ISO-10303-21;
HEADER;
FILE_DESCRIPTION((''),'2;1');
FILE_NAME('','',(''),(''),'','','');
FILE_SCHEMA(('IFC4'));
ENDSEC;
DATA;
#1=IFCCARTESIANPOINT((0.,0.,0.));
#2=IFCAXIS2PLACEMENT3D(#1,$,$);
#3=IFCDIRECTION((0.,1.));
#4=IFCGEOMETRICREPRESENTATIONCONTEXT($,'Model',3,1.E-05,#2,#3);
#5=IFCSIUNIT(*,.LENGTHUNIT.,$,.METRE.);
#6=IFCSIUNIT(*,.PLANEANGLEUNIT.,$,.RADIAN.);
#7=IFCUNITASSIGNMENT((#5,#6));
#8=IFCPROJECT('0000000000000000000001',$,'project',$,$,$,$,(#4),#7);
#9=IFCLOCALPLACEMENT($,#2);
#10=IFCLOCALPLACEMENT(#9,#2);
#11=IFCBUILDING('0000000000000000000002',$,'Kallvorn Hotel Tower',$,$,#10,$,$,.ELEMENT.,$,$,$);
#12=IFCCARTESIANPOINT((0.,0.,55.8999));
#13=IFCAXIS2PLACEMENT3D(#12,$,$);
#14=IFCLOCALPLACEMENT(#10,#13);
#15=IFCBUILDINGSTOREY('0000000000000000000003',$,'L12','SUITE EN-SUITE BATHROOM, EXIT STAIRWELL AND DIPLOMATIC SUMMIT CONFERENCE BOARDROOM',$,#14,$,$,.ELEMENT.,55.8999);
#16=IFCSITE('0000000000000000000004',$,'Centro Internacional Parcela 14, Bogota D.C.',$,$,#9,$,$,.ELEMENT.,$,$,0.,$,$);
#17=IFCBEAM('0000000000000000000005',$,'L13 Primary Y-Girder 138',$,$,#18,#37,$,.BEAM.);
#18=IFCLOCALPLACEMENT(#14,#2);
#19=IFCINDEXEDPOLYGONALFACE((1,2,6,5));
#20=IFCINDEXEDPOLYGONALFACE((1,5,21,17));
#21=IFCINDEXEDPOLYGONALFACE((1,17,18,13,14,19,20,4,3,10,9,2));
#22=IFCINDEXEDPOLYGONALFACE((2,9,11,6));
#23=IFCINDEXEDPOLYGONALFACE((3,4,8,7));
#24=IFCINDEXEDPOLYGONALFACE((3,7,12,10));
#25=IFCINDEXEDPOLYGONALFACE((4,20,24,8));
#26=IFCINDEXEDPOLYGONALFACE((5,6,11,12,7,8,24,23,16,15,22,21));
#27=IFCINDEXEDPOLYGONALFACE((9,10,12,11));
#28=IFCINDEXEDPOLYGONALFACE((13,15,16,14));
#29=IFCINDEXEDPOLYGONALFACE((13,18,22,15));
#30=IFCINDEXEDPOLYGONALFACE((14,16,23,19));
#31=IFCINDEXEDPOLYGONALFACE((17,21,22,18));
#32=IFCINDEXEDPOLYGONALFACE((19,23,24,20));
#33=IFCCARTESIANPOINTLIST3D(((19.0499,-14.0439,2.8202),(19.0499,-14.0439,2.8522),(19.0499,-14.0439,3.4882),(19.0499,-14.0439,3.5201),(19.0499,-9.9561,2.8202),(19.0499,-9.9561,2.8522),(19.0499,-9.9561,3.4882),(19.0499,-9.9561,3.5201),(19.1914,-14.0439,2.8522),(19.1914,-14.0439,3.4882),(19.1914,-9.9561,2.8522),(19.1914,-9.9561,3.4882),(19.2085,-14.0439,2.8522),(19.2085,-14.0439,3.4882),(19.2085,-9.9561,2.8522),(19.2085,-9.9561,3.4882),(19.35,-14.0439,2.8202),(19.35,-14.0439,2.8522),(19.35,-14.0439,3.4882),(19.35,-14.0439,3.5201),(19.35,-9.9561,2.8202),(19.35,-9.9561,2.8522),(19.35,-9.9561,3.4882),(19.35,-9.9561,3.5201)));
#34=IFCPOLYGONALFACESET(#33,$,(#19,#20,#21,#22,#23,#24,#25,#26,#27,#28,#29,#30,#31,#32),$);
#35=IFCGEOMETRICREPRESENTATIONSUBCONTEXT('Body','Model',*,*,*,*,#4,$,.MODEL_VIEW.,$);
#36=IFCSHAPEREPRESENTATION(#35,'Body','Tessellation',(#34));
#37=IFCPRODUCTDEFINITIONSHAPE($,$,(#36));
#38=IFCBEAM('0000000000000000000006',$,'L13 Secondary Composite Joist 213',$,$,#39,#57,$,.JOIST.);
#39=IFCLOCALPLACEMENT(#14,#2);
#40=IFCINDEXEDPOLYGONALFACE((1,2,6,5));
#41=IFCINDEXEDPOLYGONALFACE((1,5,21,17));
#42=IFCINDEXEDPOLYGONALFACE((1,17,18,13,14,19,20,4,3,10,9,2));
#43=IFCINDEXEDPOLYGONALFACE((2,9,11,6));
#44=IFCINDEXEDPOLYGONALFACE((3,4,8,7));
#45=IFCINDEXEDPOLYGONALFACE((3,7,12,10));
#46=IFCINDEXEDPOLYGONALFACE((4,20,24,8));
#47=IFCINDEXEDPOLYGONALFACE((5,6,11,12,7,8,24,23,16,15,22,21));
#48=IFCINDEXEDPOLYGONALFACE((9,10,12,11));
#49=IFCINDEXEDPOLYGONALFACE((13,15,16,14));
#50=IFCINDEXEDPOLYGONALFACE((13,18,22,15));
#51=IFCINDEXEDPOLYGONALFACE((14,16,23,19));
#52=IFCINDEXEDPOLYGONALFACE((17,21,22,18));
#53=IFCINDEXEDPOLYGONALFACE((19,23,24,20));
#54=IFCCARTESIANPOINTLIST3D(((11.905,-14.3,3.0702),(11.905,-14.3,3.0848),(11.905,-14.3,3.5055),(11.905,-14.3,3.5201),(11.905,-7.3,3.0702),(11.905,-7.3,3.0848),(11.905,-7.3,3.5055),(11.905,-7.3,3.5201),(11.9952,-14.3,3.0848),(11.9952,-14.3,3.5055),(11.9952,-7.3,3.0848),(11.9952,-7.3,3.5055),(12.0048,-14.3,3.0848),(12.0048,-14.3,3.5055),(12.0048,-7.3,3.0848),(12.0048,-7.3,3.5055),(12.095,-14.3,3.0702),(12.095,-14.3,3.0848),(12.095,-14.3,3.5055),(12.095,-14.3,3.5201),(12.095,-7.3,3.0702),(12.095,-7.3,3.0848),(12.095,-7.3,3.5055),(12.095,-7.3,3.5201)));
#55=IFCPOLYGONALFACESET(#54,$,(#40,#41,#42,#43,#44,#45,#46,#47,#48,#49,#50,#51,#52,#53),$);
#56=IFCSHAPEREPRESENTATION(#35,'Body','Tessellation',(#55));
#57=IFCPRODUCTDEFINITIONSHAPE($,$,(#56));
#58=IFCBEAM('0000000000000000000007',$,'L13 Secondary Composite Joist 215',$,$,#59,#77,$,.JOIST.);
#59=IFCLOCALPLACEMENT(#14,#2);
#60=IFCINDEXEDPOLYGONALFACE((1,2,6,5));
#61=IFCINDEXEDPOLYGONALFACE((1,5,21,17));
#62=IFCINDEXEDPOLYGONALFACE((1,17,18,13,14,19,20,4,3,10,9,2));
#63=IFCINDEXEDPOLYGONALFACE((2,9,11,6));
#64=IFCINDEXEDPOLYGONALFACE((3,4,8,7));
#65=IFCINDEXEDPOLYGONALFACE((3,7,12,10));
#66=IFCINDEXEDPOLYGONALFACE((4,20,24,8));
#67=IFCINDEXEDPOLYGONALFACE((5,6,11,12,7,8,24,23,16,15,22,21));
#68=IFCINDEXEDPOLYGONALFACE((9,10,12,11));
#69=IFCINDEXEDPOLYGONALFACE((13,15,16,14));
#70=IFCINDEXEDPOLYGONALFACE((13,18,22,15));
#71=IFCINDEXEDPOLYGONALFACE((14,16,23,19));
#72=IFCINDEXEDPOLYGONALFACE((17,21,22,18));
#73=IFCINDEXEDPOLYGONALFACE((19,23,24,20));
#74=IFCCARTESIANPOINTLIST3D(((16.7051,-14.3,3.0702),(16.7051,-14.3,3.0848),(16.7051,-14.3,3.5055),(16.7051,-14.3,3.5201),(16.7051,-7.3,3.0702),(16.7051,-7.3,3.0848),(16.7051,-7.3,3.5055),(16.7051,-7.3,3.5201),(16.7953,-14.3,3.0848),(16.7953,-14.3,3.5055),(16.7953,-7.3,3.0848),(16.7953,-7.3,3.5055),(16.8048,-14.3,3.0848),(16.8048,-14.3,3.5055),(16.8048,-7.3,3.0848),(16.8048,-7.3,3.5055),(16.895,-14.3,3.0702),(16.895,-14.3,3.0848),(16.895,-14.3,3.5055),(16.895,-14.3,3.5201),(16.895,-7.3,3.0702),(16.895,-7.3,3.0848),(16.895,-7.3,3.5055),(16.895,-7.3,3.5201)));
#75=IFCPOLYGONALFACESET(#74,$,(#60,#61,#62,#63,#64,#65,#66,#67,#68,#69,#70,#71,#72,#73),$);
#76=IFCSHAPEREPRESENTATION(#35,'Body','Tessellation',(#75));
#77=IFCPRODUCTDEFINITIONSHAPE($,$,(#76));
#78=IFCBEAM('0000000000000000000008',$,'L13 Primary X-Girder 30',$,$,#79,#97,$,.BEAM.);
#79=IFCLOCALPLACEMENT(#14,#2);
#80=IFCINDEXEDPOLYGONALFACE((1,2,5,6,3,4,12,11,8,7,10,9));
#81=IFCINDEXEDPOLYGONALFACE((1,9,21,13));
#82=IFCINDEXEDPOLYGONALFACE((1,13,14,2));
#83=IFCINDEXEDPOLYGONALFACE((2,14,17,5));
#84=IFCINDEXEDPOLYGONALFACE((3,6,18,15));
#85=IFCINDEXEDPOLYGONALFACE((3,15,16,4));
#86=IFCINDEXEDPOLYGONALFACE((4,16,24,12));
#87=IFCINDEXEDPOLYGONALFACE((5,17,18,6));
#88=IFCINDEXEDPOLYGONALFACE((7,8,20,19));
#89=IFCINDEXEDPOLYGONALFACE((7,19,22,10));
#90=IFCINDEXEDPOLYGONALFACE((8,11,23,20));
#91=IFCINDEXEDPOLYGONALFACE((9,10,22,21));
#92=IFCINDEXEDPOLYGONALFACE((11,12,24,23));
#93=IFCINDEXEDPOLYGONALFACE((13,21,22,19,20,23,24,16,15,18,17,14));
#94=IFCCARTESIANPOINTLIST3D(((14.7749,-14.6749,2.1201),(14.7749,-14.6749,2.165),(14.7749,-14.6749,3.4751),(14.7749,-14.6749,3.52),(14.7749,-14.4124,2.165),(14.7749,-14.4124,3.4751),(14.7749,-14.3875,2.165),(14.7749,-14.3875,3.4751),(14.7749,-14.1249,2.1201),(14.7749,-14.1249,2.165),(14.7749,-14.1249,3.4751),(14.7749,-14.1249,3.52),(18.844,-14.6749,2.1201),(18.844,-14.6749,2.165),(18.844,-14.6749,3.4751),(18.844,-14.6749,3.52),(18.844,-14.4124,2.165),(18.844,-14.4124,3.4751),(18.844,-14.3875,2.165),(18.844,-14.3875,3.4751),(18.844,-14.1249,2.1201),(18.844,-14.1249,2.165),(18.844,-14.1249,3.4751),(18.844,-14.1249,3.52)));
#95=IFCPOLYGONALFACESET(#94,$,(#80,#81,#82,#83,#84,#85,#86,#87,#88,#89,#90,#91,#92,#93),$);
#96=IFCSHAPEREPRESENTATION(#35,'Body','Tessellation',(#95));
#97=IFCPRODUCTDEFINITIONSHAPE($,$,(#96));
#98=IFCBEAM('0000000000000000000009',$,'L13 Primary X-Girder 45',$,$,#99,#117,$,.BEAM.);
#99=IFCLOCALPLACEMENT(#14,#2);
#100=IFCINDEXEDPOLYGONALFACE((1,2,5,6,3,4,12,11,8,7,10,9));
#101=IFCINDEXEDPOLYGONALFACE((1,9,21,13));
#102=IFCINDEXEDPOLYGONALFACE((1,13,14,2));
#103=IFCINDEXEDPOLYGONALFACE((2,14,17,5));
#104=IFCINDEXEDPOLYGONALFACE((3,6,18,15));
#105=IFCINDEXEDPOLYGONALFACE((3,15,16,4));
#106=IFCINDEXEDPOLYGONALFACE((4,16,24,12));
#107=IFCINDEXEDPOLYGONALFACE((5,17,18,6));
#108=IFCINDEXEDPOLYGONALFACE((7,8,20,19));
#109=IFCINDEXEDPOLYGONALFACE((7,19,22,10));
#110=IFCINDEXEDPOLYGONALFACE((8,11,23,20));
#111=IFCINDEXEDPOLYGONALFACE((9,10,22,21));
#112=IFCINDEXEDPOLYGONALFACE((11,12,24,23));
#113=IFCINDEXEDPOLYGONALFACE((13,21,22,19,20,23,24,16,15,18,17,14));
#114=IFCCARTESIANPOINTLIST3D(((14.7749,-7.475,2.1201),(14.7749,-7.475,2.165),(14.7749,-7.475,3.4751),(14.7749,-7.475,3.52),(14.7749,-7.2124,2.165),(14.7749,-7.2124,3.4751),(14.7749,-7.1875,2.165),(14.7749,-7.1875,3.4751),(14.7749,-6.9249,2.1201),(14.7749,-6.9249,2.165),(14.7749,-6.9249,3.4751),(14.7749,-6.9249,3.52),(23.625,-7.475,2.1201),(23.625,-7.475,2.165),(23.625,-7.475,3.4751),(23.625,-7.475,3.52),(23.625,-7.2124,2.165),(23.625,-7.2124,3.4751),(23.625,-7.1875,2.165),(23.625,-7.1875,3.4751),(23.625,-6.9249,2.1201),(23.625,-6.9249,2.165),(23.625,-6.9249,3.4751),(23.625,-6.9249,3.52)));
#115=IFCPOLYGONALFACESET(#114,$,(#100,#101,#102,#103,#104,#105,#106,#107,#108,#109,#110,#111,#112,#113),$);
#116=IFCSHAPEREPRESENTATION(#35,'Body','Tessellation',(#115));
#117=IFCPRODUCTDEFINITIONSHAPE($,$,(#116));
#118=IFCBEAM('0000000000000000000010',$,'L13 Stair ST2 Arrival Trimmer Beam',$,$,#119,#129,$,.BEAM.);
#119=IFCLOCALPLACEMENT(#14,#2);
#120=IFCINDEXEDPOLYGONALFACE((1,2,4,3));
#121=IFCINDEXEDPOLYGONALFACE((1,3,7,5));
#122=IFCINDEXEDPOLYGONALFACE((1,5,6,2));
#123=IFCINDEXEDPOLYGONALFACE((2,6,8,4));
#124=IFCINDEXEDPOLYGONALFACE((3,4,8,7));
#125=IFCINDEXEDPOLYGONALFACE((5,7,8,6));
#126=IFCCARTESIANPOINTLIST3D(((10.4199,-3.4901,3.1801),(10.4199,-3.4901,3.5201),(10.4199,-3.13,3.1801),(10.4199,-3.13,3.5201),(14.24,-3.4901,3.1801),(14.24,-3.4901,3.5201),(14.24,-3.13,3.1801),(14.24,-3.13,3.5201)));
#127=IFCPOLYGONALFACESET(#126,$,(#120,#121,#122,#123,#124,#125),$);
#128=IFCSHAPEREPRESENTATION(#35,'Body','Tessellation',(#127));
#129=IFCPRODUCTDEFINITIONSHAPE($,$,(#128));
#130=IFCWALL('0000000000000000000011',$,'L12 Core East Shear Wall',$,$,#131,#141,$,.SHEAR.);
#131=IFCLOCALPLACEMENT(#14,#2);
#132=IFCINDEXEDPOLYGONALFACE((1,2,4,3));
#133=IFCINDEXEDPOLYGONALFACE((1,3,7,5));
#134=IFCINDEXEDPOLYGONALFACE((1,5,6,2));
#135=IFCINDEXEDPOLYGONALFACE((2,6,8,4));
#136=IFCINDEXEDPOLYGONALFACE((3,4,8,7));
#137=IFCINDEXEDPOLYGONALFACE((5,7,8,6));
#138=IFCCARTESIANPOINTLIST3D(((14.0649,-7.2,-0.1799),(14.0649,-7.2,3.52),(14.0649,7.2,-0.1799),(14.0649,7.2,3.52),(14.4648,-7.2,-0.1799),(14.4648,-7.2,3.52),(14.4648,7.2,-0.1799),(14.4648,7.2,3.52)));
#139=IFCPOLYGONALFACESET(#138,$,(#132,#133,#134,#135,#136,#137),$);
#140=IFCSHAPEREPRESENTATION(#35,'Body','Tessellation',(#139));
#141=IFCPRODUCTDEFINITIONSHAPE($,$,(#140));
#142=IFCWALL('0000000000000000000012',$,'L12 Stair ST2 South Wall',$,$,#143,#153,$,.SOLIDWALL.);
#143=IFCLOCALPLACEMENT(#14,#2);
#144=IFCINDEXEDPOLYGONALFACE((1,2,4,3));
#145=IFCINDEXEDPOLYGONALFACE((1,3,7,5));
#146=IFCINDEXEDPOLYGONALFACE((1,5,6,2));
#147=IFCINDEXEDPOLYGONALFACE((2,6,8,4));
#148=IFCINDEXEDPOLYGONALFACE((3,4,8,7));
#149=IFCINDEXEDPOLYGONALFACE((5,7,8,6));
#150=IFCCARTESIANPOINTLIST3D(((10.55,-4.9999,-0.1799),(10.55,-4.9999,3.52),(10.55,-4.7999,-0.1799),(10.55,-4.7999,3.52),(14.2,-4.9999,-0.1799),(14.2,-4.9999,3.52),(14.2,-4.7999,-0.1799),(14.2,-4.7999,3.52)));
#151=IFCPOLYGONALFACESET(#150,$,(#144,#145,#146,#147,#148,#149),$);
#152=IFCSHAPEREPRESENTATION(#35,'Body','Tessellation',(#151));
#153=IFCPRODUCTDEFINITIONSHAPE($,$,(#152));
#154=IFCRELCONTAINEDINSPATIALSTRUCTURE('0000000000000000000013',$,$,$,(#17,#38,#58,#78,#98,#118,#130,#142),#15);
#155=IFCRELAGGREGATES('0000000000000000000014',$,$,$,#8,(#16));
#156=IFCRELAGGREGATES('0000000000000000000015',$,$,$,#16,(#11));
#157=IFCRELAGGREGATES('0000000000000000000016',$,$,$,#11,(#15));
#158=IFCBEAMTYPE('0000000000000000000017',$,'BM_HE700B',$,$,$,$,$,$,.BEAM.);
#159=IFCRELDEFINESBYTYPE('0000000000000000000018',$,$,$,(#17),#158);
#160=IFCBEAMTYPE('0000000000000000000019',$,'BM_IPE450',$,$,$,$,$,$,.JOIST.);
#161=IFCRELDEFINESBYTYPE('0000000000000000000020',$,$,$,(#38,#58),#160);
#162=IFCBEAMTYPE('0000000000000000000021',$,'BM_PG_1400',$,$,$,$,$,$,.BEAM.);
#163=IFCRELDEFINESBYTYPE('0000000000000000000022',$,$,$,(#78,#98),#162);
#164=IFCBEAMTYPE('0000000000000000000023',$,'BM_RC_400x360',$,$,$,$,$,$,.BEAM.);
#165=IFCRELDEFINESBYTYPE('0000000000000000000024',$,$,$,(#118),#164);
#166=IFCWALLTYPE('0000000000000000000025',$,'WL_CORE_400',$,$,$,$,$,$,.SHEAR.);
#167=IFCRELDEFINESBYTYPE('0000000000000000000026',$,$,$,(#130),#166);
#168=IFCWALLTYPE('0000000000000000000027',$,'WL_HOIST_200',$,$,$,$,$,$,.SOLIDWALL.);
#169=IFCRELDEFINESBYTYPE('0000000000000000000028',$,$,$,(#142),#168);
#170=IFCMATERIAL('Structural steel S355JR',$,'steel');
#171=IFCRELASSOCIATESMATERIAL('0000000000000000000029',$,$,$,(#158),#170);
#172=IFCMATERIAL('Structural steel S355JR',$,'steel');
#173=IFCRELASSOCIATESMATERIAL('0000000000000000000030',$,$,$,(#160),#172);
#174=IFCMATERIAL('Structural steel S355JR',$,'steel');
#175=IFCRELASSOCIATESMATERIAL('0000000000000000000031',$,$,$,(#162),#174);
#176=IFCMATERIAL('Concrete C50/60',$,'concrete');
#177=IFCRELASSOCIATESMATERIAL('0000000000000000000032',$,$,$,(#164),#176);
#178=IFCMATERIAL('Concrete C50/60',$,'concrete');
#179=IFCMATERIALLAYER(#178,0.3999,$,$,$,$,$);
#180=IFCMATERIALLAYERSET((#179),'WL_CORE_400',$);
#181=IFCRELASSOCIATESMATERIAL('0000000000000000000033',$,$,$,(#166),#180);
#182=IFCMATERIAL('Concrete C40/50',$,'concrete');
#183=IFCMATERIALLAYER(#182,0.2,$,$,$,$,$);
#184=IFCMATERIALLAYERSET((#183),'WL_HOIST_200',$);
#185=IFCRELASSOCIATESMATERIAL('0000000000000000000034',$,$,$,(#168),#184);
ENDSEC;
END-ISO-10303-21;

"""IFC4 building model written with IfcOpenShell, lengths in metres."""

from ifc_helpers import new_model, si_unit, direction, frame, frame_2d, origin, origin_2d, place, context, subcontext, project, spatial, rectangle, i_section, extrude, material, layer, layer_set, material_profile, profile_set, type_object, element, save


model = new_model("IFC4")

# Units and contexts
model_context = context("Model", 3, precision=1e-05, world=origin(), true_north=direction((0.0, 1.0)))
body_context = subcontext(model_context, "Body", "Model", "MODEL_VIEW")
ifc_project = project(units=[si_unit("LENGTHUNIT", "METRE"), si_unit("PLANEANGLEUNIT", "RADIAN")], contexts=[model_context])

# Site, building, storey
site_placement = place(None, origin())
site = spatial("IfcSite", under=ifc_project, at=site_placement, Name="Centro Internacional Parcela 14, Bogota D.C.", CompositionType="ELEMENT", RefElevation=0.0)
building_placement = place(site_placement, origin())
building = spatial("IfcBuilding", under=site, at=building_placement, Name="Kallvorn Hotel Tower", CompositionType="ELEMENT")
storey_placement = place(building_placement, frame((0.0, 0.0, 55.8999)))
storey = spatial("IfcBuildingStorey", under=building, at=storey_placement, Name="L12", Description="SUITE EN-SUITE BATHROOM, EXIT STAIRWELL AND DIPLOMATIC SUMMIT CONFERENCE BOARDROOM", CompositionType="ELEMENT", Elevation=55.8999)

# Beams
ifc_material_1 = material(Name="Structural steel S355JR", Category="steel")
ifc_material_profile_1 = material_profile(ifc_material_1, i_section(OverallWidth=0.3, OverallDepth=0.7, WebThickness=0.0171, FlangeThickness=0.032, at=origin_2d()), Name="HE 700 B")
ifc_profile_set_1 = profile_set([ifc_material_profile_1], Name="Structural steel S355JR")
beam_type_1 = type_object("IfcBeamType", Name="BM_HE700B", PredefinedType="BEAM", material=ifc_profile_set_1)
beam_1_placement = place(storey_placement, frame((19.2, -14.0439, 3.1702), z_axis=(0.0, 1.0, 0.0), x_axis=(-1.0, 0.0, 0.0)))
element("IfcBeam", 1, at=beam_1_placement, inside=storey, type_object=beam_type_1, Name="L13 Primary Y-Girder 138", PredefinedType="BEAM", context=body_context, shape_type="SweptSolid", body=[
    extrude(i_section(OverallWidth=0.3, OverallDepth=0.7, WebThickness=0.0171, FlangeThickness=0.032, at=origin_2d()), origin(), (0.0, 0.0, 1.0), 4.0879),
])
ifc_material_2 = material(Name="Structural steel S355JR", Category="steel")
ifc_material_profile_2 = material_profile(ifc_material_2, i_section(OverallWidth=0.1899, OverallDepth=0.45, WebThickness=0.0095, FlangeThickness=0.0146, at=origin_2d()), Name="IPE 450")
ifc_profile_set_2 = profile_set([ifc_material_profile_2], Name="Structural steel S355JR")
beam_type_2 = type_object("IfcBeamType", Name="BM_IPE450", PredefinedType="JOIST", material=ifc_profile_set_2)
for number, where, z_axis, x_axis, name in (
    (2, (12.0, -14.3, 3.2952), (0.0, 1.0, 0.0), (-1.0, 0.0, 0.0), "L13 Secondary Composite Joist 213"),
    (3, (16.8, -14.3, 3.2952), (0.0, 1.0, 0.0), (-1.0, 0.0, 0.0), "L13 Secondary Composite Joist 215"),
):
    element("IfcBeam", number, at=place(storey_placement, frame(where, z_axis=z_axis, x_axis=x_axis)), inside=storey, type_object=beam_type_2, Name=name, PredefinedType="JOIST", context=body_context, shape_type="SweptSolid", body=[
        extrude(i_section(OverallWidth=0.1899, OverallDepth=0.45, WebThickness=0.0095, FlangeThickness=0.0146, at=origin_2d()), origin(), (0.0, 0.0, 1.0), 7.0),
    ])
ifc_material_3 = material(Name="Structural steel S355JR", Category="steel")
ifc_material_profile_3 = material_profile(ifc_material_3, i_section(OverallWidth=0.55, OverallDepth=1.3999, WebThickness=0.0249, FlangeThickness=0.0449, at=origin_2d()), Name="PG 1400x550x25x45")
ifc_profile_set_3 = profile_set([ifc_material_profile_3], Name="Structural steel S355JR")
beam_type_3 = type_object("IfcBeamType", Name="BM_PG_1400", PredefinedType="BEAM", material=ifc_profile_set_3)
beam_2_placement = place(storey_placement, frame((14.7749, -14.3999, 2.8201), z_axis=(1.0, 0.0, 0.0), x_axis=(0.0, 1.0, 0.0)))
element("IfcBeam", 4, at=beam_2_placement, inside=storey, type_object=beam_type_3, Name="L13 Primary X-Girder 30", PredefinedType="BEAM", context=body_context, shape_type="SweptSolid", body=[
    extrude(i_section(OverallWidth=0.55, OverallDepth=1.3999, WebThickness=0.0249, FlangeThickness=0.0449, at=origin_2d()), origin(), (0.0, 0.0, 1.0), 4.0691),
])
beam_3_placement = place(storey_placement, frame((14.7749, -7.2, 2.8201), z_axis=(1.0, 0.0, 0.0), x_axis=(0.0, 1.0, 0.0)))
element("IfcBeam", 5, at=beam_3_placement, inside=storey, type_object=beam_type_3, Name="L13 Primary X-Girder 45", PredefinedType="BEAM", context=body_context, shape_type="SweptSolid", body=[
    extrude(i_section(OverallWidth=0.55, OverallDepth=1.3999, WebThickness=0.0249, FlangeThickness=0.0449, at=origin_2d()), origin(), (0.0, 0.0, 1.0), 8.8501),
])
ifc_material_4 = material(Name="Concrete C50/60", Category="concrete")
ifc_material_profile_4 = material_profile(ifc_material_4, rectangle(XDim=0.3601, YDim=0.3401, at=origin_2d()), Name="RC 360x340")
ifc_profile_set_4 = profile_set([ifc_material_profile_4], Name="Concrete C50/60")
beam_type_4 = type_object("IfcBeamType", Name="BM_RC_400x360", PredefinedType="BEAM", material=ifc_profile_set_4)
beam_4_placement = place(storey_placement, frame((14.24, -3.3101, 3.3501), z_axis=(-1.0, 0.0, 0.0), x_axis=(0.0, -1.0, 0.0)))
element("IfcBeam", 6, at=beam_4_placement, inside=storey, type_object=beam_type_4, Name="L13 Stair ST2 Arrival Trimmer Beam", PredefinedType="BEAM", context=body_context, shape_type="SweptSolid", body=[
    extrude(rectangle(XDim=0.3601, YDim=0.3401, at=origin_2d()), origin(), (0.0, 0.0, 1.0), 3.8201),
])

# Walls
ifc_material_5 = material(Name="Concrete C50/60", Category="concrete")
ifc_layer_1 = layer(ifc_material_5, 0.3999)
ifc_layer_set_1 = layer_set([ifc_layer_1], Name="WL_CORE_400")
wall_type_1 = type_object("IfcWallType", Name="WL_CORE_400", PredefinedType="SHEAR", material=ifc_layer_set_1)
wall_1_placement = place(storey_placement, frame((14.2649, -7.2, -0.1799), z_axis=(0.0, 0.0, 1.0), x_axis=(0.0, 1.0, 0.0)))
element("IfcWall", 7, at=wall_1_placement, inside=storey, type_object=wall_type_1, Name="L12 Core East Shear Wall", PredefinedType="SHEAR", context=body_context, shape_type="SweptSolid", body=[
    extrude(rectangle(XDim=14.3999, YDim=0.3999, at=frame_2d((7.2, 0.0))), origin(), (0.0, 0.0, 1.0), 3.7),
])
ifc_material_6 = material(Name="Concrete C40/50", Category="concrete")
ifc_layer_2 = layer(ifc_material_6, 0.2)
ifc_layer_set_2 = layer_set([ifc_layer_2], Name="WL_HOIST_200")
wall_type_2 = type_object("IfcWallType", Name="WL_HOIST_200", PredefinedType="SOLIDWALL", material=ifc_layer_set_2)
wall_2_placement = place(storey_placement, frame((10.55, -4.8999, -0.1799), z_axis=(0.0, 0.0, 1.0), x_axis=(1.0, 0.0, 0.0)))
element("IfcWall", 8, at=wall_2_placement, inside=storey, type_object=wall_type_2, Name="L12 Stair ST2 South Wall", PredefinedType="SOLIDWALL", context=body_context, shape_type="SweptSolid", body=[
    extrude(rectangle(XDim=3.6499, YDim=0.2, at=frame_2d((1.825, 0.0))), origin(), (0.0, 0.0, 1.0), 3.7),
])

save(model, "model.ifc")
